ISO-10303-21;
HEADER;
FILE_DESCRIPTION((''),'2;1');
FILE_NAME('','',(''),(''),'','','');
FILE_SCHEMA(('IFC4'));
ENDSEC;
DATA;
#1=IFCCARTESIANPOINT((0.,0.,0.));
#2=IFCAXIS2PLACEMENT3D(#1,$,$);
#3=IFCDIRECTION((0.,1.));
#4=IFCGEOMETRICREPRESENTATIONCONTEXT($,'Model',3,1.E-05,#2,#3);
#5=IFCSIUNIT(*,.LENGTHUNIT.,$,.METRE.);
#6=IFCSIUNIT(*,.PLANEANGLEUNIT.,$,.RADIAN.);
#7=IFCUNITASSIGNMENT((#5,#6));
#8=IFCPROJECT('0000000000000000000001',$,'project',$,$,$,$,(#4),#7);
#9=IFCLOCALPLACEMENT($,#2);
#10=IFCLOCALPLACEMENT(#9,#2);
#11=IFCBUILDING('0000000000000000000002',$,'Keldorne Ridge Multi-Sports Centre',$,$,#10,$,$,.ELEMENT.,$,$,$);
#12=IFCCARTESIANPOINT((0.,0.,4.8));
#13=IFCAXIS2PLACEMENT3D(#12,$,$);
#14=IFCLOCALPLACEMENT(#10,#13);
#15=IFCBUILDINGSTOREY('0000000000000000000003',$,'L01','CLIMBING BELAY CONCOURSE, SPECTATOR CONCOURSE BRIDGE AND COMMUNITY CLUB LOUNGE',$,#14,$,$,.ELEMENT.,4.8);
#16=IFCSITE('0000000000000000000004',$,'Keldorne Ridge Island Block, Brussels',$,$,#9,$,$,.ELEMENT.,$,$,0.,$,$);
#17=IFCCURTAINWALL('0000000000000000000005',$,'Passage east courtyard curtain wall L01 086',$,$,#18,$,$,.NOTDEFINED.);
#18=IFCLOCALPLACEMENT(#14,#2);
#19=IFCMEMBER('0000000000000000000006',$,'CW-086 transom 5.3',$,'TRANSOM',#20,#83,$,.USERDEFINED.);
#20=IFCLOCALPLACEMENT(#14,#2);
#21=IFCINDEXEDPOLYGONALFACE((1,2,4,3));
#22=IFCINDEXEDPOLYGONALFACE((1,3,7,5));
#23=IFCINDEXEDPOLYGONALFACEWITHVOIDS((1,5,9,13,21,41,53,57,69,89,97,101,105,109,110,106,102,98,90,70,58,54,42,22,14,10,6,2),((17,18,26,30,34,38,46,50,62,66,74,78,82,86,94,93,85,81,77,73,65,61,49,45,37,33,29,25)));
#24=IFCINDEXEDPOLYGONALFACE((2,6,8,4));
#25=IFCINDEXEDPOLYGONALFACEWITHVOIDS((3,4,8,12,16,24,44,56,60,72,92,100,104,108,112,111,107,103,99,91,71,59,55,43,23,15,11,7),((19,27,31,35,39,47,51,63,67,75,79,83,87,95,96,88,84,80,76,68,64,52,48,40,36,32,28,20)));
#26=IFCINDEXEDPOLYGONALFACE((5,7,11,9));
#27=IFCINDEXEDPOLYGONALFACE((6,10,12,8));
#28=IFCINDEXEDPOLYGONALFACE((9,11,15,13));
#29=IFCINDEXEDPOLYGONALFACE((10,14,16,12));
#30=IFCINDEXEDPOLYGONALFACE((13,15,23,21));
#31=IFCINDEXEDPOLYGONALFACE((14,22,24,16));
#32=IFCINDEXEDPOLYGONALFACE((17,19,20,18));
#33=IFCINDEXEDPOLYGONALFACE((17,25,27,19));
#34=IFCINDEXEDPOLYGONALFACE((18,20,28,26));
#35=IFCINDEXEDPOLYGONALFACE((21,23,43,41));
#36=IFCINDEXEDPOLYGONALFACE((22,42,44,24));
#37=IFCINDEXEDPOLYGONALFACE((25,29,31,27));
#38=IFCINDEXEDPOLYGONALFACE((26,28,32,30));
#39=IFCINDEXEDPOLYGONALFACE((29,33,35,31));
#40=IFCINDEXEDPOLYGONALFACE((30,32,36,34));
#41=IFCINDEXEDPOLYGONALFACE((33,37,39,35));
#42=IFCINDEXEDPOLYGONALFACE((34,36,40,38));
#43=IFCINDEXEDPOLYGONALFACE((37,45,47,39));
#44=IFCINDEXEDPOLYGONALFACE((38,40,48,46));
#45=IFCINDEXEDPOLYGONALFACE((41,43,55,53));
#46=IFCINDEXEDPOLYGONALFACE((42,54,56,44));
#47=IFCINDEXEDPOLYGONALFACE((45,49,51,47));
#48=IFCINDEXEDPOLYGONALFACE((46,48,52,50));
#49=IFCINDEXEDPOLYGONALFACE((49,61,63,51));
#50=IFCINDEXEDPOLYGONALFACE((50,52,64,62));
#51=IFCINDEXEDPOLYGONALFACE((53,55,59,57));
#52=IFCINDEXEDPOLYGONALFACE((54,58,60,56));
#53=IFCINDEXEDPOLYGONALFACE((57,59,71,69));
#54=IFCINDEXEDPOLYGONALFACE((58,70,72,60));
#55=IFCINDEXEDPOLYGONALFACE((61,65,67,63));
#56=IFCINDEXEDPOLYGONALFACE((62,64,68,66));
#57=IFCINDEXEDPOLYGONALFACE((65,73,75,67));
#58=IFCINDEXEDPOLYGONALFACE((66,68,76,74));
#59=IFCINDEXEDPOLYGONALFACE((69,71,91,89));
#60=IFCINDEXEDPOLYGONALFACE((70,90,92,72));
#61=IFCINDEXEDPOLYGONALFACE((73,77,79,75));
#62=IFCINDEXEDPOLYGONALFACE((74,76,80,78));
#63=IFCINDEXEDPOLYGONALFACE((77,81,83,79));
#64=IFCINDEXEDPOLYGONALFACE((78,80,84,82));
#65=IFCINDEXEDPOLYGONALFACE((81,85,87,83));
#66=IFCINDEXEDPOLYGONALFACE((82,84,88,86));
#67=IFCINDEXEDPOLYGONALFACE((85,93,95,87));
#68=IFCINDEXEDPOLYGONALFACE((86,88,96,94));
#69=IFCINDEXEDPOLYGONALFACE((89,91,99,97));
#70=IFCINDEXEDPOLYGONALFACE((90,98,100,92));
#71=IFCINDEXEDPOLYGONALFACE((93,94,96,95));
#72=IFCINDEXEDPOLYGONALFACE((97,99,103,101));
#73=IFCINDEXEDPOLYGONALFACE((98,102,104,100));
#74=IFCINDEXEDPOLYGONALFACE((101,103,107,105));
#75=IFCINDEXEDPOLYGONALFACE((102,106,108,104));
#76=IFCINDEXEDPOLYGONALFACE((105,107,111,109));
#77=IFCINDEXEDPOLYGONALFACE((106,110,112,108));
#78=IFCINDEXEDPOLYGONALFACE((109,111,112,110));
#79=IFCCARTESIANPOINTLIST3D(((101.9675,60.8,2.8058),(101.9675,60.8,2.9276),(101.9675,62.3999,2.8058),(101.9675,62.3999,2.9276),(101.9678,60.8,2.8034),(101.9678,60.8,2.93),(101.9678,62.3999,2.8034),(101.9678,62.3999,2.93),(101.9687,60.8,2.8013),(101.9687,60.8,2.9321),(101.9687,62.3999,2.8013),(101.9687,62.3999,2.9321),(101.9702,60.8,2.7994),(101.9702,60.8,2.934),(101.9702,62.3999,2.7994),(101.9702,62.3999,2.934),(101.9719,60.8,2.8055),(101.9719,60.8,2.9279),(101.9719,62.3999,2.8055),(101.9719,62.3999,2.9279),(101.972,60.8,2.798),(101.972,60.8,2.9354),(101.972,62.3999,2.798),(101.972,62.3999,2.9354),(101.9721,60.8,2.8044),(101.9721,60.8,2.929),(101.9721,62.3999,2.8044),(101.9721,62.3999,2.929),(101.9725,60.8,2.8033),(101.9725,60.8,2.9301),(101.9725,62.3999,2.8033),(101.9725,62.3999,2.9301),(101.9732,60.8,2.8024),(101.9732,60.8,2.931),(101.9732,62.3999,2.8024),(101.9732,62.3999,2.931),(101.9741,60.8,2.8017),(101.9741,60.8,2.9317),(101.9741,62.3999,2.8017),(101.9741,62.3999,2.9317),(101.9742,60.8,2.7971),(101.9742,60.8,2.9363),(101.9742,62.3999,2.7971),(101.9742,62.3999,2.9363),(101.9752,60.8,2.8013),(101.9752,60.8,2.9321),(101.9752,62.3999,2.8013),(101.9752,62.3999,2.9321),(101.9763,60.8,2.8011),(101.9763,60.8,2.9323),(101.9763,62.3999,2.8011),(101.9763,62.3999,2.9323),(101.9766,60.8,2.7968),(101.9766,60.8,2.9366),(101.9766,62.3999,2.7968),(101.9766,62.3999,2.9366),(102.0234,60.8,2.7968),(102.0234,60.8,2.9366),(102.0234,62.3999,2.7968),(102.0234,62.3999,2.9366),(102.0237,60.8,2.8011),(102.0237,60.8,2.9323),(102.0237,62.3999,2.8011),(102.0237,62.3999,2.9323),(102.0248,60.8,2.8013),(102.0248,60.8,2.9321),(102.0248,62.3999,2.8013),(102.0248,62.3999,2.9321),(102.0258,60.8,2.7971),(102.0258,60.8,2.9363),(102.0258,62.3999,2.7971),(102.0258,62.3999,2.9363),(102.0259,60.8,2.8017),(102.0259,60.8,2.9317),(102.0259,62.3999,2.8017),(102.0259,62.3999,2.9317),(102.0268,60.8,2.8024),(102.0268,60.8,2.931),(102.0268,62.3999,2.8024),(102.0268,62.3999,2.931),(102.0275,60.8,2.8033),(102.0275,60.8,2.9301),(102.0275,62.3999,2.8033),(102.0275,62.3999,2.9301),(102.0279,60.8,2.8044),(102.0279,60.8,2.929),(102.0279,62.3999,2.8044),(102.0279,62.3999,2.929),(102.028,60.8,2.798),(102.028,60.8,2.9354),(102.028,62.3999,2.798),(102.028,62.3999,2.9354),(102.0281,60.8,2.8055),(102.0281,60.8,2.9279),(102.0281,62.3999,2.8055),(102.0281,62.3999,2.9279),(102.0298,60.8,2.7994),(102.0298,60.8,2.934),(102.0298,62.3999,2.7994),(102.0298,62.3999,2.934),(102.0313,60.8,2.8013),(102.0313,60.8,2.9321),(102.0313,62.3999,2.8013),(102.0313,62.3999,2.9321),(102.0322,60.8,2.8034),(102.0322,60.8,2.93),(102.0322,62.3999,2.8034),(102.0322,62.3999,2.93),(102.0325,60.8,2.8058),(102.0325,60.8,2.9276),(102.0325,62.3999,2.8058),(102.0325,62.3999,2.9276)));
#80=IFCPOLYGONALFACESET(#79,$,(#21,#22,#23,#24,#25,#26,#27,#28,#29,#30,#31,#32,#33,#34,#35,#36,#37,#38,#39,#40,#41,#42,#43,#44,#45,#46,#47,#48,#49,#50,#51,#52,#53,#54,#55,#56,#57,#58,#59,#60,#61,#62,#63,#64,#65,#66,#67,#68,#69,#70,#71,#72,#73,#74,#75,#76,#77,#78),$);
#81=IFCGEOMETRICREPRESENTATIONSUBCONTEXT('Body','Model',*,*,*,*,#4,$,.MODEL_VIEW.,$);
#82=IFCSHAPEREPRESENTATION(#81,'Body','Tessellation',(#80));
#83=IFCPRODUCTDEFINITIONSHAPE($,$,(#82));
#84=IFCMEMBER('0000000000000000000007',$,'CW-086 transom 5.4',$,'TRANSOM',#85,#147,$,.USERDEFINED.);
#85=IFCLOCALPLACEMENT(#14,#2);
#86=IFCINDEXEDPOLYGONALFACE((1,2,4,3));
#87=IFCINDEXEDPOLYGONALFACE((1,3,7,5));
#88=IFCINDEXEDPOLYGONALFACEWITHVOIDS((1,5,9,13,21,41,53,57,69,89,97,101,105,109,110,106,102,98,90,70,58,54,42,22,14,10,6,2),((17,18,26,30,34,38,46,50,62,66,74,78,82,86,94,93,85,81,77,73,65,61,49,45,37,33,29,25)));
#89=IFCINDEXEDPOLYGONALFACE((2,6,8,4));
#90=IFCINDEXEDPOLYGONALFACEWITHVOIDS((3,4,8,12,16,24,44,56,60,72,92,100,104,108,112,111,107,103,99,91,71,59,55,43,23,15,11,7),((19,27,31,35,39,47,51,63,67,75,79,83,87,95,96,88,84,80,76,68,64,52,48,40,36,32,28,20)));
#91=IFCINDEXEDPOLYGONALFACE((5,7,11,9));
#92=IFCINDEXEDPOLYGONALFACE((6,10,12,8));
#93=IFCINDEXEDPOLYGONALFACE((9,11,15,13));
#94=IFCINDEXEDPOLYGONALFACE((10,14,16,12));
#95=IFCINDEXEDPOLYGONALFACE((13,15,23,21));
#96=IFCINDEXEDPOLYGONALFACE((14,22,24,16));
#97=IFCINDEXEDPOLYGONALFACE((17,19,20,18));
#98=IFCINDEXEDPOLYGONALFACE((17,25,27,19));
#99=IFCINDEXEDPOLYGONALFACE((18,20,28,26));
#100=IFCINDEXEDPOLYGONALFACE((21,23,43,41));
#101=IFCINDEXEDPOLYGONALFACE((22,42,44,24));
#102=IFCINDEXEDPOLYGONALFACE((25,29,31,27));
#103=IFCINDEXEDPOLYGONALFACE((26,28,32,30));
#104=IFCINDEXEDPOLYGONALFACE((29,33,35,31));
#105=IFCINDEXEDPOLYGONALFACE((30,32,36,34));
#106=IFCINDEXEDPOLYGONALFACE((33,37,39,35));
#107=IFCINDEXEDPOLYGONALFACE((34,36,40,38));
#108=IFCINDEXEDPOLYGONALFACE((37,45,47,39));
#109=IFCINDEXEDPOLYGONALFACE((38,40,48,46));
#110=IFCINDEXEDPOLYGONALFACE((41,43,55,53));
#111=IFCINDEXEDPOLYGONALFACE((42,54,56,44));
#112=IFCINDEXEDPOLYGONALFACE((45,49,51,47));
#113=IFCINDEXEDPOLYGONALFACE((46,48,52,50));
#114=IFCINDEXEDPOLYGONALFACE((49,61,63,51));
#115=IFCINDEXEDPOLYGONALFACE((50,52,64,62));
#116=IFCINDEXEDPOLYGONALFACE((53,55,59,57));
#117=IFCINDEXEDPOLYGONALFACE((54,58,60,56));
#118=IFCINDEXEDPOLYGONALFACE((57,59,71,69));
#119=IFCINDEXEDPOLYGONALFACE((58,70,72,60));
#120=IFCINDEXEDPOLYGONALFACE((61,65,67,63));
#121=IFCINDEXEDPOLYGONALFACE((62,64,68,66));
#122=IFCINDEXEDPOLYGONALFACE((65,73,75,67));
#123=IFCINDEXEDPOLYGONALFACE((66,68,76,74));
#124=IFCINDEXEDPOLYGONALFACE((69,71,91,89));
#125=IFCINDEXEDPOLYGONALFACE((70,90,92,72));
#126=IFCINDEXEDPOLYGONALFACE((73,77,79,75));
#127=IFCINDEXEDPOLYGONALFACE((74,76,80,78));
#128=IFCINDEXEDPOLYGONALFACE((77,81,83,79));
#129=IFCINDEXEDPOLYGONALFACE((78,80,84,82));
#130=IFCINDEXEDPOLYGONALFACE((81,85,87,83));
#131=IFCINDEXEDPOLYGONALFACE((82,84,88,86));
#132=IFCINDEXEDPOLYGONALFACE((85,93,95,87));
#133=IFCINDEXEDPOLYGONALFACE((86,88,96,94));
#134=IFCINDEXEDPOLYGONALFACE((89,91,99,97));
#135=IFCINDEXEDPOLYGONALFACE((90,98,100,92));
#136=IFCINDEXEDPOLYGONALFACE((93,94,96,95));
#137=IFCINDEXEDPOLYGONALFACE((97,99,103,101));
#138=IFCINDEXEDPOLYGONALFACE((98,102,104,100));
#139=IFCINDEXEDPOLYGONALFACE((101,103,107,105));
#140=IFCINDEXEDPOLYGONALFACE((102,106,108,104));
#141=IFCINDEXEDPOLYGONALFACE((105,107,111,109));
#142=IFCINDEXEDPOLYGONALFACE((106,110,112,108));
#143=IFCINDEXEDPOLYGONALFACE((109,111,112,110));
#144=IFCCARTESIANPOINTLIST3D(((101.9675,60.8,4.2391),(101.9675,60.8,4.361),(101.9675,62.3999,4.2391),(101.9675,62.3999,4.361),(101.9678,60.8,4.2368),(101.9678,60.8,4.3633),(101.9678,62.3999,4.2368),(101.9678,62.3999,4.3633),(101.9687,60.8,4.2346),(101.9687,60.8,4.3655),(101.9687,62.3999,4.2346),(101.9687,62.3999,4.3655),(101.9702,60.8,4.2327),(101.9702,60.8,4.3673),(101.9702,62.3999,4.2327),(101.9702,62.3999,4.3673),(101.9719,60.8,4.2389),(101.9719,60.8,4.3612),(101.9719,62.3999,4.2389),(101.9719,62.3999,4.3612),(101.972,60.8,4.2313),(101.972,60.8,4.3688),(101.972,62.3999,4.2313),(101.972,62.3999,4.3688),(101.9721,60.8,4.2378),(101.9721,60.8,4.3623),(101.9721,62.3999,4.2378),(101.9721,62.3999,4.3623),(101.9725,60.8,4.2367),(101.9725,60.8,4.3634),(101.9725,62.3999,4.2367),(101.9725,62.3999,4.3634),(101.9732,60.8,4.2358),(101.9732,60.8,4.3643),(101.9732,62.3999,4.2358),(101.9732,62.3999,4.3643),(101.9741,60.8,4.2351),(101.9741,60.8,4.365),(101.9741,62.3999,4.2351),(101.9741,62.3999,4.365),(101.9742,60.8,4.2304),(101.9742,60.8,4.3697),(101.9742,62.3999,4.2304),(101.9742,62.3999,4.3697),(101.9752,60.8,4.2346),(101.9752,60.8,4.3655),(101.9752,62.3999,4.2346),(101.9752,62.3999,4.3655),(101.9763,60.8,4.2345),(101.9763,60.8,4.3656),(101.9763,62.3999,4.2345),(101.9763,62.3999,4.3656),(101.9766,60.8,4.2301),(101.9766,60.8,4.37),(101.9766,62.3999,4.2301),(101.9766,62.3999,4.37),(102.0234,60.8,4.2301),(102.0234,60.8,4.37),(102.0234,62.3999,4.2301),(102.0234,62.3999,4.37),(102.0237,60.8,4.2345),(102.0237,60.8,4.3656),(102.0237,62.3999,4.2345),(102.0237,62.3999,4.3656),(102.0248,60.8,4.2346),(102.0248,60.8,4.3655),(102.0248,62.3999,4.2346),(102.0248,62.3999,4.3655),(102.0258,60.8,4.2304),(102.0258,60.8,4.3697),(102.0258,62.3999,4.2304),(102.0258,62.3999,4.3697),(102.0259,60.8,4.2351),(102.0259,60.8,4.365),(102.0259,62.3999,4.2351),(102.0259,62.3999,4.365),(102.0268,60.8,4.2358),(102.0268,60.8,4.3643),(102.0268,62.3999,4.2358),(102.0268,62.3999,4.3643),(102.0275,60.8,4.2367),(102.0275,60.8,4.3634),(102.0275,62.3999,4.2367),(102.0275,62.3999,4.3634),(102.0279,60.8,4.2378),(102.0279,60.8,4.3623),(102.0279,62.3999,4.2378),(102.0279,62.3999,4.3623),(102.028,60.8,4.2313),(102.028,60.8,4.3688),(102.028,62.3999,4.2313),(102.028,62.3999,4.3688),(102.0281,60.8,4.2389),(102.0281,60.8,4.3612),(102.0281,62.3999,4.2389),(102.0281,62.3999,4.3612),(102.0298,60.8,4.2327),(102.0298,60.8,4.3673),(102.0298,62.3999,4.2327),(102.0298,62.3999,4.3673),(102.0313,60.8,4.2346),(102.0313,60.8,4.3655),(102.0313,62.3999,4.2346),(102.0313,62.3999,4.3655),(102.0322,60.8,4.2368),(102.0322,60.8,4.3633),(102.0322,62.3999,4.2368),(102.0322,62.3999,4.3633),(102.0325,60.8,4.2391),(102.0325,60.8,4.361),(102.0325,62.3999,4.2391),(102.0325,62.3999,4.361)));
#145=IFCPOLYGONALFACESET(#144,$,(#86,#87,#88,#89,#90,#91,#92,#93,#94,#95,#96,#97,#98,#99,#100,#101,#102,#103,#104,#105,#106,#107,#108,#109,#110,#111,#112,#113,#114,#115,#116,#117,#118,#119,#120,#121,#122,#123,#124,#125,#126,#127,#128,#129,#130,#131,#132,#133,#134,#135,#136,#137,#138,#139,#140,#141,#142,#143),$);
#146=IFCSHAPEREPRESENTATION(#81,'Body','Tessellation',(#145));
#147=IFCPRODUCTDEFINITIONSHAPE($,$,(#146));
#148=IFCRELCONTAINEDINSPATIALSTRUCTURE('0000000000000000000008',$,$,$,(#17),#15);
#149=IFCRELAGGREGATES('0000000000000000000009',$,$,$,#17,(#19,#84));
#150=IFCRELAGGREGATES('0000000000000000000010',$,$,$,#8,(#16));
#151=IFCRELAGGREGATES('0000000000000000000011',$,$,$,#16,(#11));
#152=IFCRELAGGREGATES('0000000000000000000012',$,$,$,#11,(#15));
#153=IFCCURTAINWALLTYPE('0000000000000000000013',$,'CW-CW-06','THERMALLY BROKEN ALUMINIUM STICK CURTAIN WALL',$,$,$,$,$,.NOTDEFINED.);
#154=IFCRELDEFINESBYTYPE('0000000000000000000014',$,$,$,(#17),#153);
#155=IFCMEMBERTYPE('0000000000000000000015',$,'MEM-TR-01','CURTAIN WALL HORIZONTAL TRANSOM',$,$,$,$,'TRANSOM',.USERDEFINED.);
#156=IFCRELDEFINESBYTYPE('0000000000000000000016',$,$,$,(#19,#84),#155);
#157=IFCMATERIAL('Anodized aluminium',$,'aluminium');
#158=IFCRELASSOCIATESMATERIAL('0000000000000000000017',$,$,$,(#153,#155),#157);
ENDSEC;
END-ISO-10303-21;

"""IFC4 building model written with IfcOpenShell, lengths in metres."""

from ifc_helpers import new_model, si_unit, direction, frame, origin, origin_2d, place, context, subcontext, project, spatial, hollow_rectangle, extrude, material, material_profile, profile_set, type_object, element, aggregate, save


model = new_model("IFC4")

# Units and contexts
model_context = context("Model", 3, precision=1e-05, world=origin(), true_north=direction((0.0, 1.0)))
body_context = subcontext(model_context, "Body", "Model", "MODEL_VIEW")
ifc_project = project(units=[si_unit("LENGTHUNIT", "METRE"), si_unit("PLANEANGLEUNIT", "RADIAN")], contexts=[model_context])

# Site, building, storey
site_placement = place(None, origin())
site = spatial("IfcSite", under=ifc_project, at=site_placement, Name="Keldorne Ridge Island Block, Brussels", CompositionType="ELEMENT", RefElevation=0.0)
building_placement = place(site_placement, origin())
building = spatial("IfcBuilding", under=site, at=building_placement, Name="Keldorne Ridge Multi-Sports Centre", CompositionType="ELEMENT")
storey_placement = place(building_placement, frame((0.0, 0.0, 4.8)))
storey = spatial("IfcBuildingStorey", under=building, at=storey_placement, Name="L01", Description="CLIMBING BELAY CONCOURSE, SPECTATOR CONCOURSE BRIDGE AND COMMUNITY CLUB LOUNGE", CompositionType="ELEMENT", Elevation=4.8)

# Curtain wall, members
ifc_material_1 = material(Name="Anodized aluminium", Category="aluminium")
curtain_wall_type = type_object("IfcCurtainWallType", Name="CW-CW-06", Description="THERMALLY BROKEN ALUMINIUM STICK CURTAIN WALL", PredefinedType="NOTDEFINED", material=ifc_material_1)
curtain_wall_placement = place(storey_placement, origin())
curtain_wall = element("IfcCurtainWall", 1, at=curtain_wall_placement, inside=storey, type_object=curtain_wall_type, Name="Passage east courtyard curtain wall L01 086", PredefinedType="NOTDEFINED")
ifc_material_profile_1 = material_profile(ifc_material_1, hollow_rectangle(XDim=0.0649, YDim=0.1399, WallThickness=0.0044, InnerFilletRadius=0.0044, OuterFilletRadius=0.009, at=origin_2d()), Name="ALU TRANSOM 140x65x4.5")
ifc_profile_set_1 = profile_set([ifc_material_profile_1], Name="Anodized aluminium")
member_type_1 = type_object("IfcMemberType", Name="MEM-TR-01", Description="CURTAIN WALL HORIZONTAL TRANSOM", ElementType="TRANSOM", PredefinedType="USERDEFINED", material=ifc_profile_set_1)
member_1_placement = place(storey_placement, frame((102.0, 60.8, 2.8667), z_axis=(0.0, 1.0, 0.0), x_axis=(-1.0, 0.0, 0.0)))
member_1 = element("IfcMember", 2, at=member_1_placement, type_object=member_type_1, Name="CW-086 transom 5.3", ObjectType="TRANSOM", PredefinedType="USERDEFINED", context=body_context, shape_type="SweptSolid", body=[
    extrude(hollow_rectangle(XDim=0.0649, YDim=0.1399, WallThickness=0.0044, InnerFilletRadius=0.0044, OuterFilletRadius=0.009, at=origin_2d()), origin(), (0.0, 0.0, 1.0), 1.5999),
])
member_2_placement = place(storey_placement, frame((102.0, 60.8, 4.3), z_axis=(0.0, 1.0, 0.0), x_axis=(-1.0, 0.0, 0.0)))
member_2 = element("IfcMember", 3, at=member_2_placement, type_object=member_type_1, Name="CW-086 transom 5.4", ObjectType="TRANSOM", PredefinedType="USERDEFINED", context=body_context, shape_type="SweptSolid", body=[
    extrude(hollow_rectangle(XDim=0.0649, YDim=0.1399, WallThickness=0.0044, InnerFilletRadius=0.0044, OuterFilletRadius=0.009, at=origin_2d()), origin(), (0.0, 0.0, 1.0), 1.5999),
])
aggregate(curtain_wall, [member_1, member_2])

save(model, "model.ifc")
